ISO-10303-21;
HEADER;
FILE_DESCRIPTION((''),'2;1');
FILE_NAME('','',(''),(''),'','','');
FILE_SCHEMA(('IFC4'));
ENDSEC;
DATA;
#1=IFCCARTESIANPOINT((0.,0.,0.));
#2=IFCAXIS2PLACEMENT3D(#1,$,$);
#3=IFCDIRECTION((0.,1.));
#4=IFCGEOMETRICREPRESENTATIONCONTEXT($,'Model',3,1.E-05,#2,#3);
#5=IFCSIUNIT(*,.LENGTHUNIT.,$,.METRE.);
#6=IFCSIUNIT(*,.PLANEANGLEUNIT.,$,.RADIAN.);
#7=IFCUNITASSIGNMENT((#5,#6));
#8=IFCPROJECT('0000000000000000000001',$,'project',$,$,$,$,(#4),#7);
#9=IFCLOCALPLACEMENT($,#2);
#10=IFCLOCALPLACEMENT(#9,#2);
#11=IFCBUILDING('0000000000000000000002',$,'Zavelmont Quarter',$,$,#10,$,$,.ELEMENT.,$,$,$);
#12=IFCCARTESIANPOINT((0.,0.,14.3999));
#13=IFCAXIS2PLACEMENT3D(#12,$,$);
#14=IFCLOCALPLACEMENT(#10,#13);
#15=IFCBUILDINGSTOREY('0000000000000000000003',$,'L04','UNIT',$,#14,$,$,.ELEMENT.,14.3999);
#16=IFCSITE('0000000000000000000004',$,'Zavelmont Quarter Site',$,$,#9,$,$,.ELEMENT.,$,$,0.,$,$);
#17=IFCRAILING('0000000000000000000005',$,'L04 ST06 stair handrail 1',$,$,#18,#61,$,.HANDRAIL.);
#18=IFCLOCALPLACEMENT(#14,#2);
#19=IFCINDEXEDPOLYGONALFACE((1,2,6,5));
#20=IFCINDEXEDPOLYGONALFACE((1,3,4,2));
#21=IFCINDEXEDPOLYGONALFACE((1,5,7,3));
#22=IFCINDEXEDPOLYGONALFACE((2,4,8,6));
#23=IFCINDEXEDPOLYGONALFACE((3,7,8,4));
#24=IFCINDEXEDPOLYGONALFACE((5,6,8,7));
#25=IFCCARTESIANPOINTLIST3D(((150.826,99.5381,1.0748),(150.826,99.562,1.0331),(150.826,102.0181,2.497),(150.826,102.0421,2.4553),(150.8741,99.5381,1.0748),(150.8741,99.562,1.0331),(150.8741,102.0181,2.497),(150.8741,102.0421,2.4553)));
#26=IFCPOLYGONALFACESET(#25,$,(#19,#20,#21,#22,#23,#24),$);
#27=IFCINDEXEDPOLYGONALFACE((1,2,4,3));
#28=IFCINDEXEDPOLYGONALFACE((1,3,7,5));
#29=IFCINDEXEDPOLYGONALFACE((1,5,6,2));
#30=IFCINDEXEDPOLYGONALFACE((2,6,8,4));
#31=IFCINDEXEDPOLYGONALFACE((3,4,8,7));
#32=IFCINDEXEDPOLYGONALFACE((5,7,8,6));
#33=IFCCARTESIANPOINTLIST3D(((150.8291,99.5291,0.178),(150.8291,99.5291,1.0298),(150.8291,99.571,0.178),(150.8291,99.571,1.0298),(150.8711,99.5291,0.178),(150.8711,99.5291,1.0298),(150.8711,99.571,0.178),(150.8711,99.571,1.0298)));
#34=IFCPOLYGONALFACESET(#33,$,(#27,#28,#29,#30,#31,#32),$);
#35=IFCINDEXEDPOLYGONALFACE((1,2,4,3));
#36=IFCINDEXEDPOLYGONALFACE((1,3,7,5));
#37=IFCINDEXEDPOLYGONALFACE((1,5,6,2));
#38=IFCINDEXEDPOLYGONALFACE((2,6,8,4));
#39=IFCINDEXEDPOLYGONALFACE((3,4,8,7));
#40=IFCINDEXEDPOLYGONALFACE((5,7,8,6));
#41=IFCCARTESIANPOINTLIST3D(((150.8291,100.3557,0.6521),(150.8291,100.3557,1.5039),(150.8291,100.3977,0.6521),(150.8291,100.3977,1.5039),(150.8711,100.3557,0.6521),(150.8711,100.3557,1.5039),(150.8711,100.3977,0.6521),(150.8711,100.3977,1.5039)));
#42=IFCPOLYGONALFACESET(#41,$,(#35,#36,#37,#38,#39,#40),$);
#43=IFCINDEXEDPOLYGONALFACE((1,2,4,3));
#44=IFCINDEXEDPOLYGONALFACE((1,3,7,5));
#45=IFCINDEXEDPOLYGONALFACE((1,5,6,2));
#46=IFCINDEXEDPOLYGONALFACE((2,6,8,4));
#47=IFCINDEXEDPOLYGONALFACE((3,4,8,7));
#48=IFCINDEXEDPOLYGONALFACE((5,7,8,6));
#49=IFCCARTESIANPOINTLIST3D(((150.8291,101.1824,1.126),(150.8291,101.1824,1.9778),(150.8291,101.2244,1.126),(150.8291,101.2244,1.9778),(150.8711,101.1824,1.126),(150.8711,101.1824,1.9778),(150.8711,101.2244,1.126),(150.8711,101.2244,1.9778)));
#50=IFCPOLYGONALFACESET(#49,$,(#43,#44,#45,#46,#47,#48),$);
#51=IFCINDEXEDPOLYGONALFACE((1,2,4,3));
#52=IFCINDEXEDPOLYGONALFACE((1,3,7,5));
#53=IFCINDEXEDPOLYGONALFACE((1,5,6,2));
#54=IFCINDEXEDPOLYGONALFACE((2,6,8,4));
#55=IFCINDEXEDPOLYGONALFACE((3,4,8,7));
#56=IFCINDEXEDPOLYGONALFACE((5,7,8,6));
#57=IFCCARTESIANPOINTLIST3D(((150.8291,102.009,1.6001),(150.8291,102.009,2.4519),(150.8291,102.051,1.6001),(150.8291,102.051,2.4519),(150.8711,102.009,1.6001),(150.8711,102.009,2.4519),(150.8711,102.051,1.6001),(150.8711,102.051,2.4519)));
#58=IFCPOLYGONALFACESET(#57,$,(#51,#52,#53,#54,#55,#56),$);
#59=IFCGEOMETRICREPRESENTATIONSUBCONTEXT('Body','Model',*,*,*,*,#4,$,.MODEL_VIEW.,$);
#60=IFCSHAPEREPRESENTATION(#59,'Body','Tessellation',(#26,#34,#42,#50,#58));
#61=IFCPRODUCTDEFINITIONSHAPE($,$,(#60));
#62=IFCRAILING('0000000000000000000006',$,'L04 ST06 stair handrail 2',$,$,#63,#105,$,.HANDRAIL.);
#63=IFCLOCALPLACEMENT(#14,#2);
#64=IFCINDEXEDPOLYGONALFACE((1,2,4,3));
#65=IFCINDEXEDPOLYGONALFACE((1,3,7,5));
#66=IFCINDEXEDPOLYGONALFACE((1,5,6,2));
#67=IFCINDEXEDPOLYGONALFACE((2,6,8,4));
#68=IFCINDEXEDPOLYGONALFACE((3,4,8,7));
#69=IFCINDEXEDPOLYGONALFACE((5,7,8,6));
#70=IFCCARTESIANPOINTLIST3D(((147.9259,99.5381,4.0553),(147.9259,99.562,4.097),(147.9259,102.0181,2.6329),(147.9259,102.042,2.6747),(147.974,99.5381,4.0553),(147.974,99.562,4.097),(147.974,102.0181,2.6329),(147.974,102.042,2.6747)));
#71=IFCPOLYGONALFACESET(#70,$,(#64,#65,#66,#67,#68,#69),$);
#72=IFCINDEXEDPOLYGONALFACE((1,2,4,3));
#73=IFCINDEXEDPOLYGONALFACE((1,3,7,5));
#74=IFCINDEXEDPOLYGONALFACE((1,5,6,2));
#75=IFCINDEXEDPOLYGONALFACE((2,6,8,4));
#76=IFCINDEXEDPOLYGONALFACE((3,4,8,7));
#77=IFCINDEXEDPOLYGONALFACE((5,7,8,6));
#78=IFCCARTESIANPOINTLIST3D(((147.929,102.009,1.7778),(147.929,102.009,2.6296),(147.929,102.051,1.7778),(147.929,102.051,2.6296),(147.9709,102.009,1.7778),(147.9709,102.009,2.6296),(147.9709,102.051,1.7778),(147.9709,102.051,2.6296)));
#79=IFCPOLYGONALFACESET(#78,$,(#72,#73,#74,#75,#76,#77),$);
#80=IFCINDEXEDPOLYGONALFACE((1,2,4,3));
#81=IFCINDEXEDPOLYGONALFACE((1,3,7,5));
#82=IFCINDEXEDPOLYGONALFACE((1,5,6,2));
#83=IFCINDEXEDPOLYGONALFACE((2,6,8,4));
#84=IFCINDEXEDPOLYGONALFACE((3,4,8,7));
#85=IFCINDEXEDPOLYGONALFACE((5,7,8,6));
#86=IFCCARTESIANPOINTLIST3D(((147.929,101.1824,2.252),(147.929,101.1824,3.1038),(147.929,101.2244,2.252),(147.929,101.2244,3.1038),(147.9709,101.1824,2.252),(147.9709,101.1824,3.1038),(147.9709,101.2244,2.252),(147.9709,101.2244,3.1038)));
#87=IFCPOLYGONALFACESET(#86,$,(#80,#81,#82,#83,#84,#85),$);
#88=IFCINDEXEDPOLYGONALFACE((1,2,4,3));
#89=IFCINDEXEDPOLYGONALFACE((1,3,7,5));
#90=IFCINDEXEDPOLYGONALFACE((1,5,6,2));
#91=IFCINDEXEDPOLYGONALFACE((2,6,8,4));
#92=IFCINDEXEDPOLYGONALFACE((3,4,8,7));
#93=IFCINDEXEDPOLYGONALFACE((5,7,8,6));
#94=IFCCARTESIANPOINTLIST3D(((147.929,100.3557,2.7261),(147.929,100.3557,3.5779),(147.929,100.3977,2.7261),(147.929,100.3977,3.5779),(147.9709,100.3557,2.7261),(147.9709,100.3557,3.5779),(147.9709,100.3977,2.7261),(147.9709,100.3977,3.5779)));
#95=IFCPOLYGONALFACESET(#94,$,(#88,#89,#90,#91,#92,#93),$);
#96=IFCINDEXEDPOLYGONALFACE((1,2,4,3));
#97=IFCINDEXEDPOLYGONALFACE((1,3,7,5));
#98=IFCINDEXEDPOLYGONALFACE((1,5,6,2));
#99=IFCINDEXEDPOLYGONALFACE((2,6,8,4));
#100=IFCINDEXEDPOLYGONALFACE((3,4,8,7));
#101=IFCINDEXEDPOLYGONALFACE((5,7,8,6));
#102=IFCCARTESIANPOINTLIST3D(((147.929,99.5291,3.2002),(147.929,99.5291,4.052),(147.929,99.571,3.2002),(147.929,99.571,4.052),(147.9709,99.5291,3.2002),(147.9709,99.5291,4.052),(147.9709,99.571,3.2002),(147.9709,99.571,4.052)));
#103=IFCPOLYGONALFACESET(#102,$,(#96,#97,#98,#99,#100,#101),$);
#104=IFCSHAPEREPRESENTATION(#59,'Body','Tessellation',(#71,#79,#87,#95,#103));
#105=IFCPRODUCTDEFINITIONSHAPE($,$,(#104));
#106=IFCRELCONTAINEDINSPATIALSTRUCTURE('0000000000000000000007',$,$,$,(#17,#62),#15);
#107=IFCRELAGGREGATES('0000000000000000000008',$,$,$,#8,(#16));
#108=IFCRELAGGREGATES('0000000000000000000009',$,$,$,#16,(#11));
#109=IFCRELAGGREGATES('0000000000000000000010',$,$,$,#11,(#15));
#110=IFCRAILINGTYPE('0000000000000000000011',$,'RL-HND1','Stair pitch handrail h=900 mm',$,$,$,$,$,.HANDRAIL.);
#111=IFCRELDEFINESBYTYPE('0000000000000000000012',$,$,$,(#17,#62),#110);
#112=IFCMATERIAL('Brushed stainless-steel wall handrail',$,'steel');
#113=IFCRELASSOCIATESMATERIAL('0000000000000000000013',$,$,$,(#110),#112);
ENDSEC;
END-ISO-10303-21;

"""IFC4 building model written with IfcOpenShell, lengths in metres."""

from ifc_helpers import new_model, si_unit, direction, frame, origin, origin_2d, place, context, subcontext, project, spatial, rectangle, extrude, material, type_object, element, save


model = new_model("IFC4")

# Units and contexts
model_context = context("Model", 3, precision=1e-05, world=origin(), true_north=direction((0.0, 1.0)))
body_context = subcontext(model_context, "Body", "Model", "MODEL_VIEW")
ifc_project = project(units=[si_unit("LENGTHUNIT", "METRE"), si_unit("PLANEANGLEUNIT", "RADIAN")], contexts=[model_context])

# Site, building, storey
site_placement = place(None, origin())
site = spatial("IfcSite", under=ifc_project, at=site_placement, Name="Zavelmont Quarter Site", CompositionType="ELEMENT", RefElevation=0.0)
building_placement = place(site_placement, origin())
building = spatial("IfcBuilding", under=site, at=building_placement, Name="Zavelmont Quarter", CompositionType="ELEMENT")
storey_placement = place(building_placement, frame((0.0, 0.0, 14.3999)))
storey = spatial("IfcBuildingStorey", under=building, at=storey_placement, Name="L04", Description="UNIT", CompositionType="ELEMENT", Elevation=14.3999)

# Railings
ifc_material_1 = material(Name="Brushed stainless-steel wall handrail", Category="steel")
railing_type_1 = type_object("IfcRailingType", Name="RL-HND1", Description="Stair pitch handrail h=900 mm", PredefinedType="HANDRAIL", material=ifc_material_1)
railing_1_placement = place(storey_placement, frame((150.8501, 99.55, 0.178)))
element("IfcRailing", 1, at=railing_1_placement, inside=storey, type_object=railing_type_1, Name="L04 ST06 stair handrail 1", PredefinedType="HANDRAIL", context=body_context, shape_type="SweptSolid", body=[
    extrude(rectangle(XDim=0.0481, YDim=0.0481, at=origin_2d()), frame((0.0, 0.0, 0.876), z_axis=(0.0, 0.867491, 0.497454), x_axis=(-1.0, 0.0, 0.0)), (0.0, 0.0, 1.0), 2.8589),
    extrude(rectangle(XDim=0.042, YDim=0.042, at=origin_2d()), origin(), (0.0, 0.0, 1.0), 0.8518),
    extrude(rectangle(XDim=0.042, YDim=0.042, at=origin_2d()), frame((0.0, 0.8267, 0.4741)), (0.0, 0.0, 1.0), 0.8518),
    extrude(rectangle(XDim=0.042, YDim=0.042, at=origin_2d()), frame((0.0, 1.6533, 0.948)), (0.0, 0.0, 1.0), 0.8518),
    extrude(rectangle(XDim=0.042, YDim=0.042, at=origin_2d()), frame((0.0, 2.48, 1.4221)), (0.0, 0.0, 1.0), 0.8518),
])
railing_2_placement = place(storey_placement, frame((147.95, 102.03, 1.7778)))
element("IfcRailing", 2, at=railing_2_placement, inside=storey, type_object=railing_type_1, Name="L04 ST06 stair handrail 2", PredefinedType="HANDRAIL", context=body_context, shape_type="SweptSolid", body=[
    extrude(rectangle(XDim=0.0481, YDim=0.0481, at=origin_2d()), frame((0.0, 0.0, 0.876), z_axis=(0.0, -0.867454, 0.497518), x_axis=(1.0, 0.0, 0.0)), (0.0, 0.0, 1.0), 2.8589),
    extrude(rectangle(XDim=0.042, YDim=0.042, at=origin_2d()), origin(), (0.0, 0.0, 1.0), 0.8518),
    extrude(rectangle(XDim=0.042, YDim=0.042, at=origin_2d()), frame((0.0, -0.8267, 0.4741)), (0.0, 0.0, 1.0), 0.8518),
    extrude(rectangle(XDim=0.042, YDim=0.042, at=origin_2d()), frame((0.0, -1.6533, 0.9482)), (0.0, 0.0, 1.0), 0.8518),
    extrude(rectangle(XDim=0.042, YDim=0.042, at=origin_2d()), frame((0.0, -2.48, 1.4224)), (0.0, 0.0, 1.0), 0.8518),
])

save(model, "model.ifc")
